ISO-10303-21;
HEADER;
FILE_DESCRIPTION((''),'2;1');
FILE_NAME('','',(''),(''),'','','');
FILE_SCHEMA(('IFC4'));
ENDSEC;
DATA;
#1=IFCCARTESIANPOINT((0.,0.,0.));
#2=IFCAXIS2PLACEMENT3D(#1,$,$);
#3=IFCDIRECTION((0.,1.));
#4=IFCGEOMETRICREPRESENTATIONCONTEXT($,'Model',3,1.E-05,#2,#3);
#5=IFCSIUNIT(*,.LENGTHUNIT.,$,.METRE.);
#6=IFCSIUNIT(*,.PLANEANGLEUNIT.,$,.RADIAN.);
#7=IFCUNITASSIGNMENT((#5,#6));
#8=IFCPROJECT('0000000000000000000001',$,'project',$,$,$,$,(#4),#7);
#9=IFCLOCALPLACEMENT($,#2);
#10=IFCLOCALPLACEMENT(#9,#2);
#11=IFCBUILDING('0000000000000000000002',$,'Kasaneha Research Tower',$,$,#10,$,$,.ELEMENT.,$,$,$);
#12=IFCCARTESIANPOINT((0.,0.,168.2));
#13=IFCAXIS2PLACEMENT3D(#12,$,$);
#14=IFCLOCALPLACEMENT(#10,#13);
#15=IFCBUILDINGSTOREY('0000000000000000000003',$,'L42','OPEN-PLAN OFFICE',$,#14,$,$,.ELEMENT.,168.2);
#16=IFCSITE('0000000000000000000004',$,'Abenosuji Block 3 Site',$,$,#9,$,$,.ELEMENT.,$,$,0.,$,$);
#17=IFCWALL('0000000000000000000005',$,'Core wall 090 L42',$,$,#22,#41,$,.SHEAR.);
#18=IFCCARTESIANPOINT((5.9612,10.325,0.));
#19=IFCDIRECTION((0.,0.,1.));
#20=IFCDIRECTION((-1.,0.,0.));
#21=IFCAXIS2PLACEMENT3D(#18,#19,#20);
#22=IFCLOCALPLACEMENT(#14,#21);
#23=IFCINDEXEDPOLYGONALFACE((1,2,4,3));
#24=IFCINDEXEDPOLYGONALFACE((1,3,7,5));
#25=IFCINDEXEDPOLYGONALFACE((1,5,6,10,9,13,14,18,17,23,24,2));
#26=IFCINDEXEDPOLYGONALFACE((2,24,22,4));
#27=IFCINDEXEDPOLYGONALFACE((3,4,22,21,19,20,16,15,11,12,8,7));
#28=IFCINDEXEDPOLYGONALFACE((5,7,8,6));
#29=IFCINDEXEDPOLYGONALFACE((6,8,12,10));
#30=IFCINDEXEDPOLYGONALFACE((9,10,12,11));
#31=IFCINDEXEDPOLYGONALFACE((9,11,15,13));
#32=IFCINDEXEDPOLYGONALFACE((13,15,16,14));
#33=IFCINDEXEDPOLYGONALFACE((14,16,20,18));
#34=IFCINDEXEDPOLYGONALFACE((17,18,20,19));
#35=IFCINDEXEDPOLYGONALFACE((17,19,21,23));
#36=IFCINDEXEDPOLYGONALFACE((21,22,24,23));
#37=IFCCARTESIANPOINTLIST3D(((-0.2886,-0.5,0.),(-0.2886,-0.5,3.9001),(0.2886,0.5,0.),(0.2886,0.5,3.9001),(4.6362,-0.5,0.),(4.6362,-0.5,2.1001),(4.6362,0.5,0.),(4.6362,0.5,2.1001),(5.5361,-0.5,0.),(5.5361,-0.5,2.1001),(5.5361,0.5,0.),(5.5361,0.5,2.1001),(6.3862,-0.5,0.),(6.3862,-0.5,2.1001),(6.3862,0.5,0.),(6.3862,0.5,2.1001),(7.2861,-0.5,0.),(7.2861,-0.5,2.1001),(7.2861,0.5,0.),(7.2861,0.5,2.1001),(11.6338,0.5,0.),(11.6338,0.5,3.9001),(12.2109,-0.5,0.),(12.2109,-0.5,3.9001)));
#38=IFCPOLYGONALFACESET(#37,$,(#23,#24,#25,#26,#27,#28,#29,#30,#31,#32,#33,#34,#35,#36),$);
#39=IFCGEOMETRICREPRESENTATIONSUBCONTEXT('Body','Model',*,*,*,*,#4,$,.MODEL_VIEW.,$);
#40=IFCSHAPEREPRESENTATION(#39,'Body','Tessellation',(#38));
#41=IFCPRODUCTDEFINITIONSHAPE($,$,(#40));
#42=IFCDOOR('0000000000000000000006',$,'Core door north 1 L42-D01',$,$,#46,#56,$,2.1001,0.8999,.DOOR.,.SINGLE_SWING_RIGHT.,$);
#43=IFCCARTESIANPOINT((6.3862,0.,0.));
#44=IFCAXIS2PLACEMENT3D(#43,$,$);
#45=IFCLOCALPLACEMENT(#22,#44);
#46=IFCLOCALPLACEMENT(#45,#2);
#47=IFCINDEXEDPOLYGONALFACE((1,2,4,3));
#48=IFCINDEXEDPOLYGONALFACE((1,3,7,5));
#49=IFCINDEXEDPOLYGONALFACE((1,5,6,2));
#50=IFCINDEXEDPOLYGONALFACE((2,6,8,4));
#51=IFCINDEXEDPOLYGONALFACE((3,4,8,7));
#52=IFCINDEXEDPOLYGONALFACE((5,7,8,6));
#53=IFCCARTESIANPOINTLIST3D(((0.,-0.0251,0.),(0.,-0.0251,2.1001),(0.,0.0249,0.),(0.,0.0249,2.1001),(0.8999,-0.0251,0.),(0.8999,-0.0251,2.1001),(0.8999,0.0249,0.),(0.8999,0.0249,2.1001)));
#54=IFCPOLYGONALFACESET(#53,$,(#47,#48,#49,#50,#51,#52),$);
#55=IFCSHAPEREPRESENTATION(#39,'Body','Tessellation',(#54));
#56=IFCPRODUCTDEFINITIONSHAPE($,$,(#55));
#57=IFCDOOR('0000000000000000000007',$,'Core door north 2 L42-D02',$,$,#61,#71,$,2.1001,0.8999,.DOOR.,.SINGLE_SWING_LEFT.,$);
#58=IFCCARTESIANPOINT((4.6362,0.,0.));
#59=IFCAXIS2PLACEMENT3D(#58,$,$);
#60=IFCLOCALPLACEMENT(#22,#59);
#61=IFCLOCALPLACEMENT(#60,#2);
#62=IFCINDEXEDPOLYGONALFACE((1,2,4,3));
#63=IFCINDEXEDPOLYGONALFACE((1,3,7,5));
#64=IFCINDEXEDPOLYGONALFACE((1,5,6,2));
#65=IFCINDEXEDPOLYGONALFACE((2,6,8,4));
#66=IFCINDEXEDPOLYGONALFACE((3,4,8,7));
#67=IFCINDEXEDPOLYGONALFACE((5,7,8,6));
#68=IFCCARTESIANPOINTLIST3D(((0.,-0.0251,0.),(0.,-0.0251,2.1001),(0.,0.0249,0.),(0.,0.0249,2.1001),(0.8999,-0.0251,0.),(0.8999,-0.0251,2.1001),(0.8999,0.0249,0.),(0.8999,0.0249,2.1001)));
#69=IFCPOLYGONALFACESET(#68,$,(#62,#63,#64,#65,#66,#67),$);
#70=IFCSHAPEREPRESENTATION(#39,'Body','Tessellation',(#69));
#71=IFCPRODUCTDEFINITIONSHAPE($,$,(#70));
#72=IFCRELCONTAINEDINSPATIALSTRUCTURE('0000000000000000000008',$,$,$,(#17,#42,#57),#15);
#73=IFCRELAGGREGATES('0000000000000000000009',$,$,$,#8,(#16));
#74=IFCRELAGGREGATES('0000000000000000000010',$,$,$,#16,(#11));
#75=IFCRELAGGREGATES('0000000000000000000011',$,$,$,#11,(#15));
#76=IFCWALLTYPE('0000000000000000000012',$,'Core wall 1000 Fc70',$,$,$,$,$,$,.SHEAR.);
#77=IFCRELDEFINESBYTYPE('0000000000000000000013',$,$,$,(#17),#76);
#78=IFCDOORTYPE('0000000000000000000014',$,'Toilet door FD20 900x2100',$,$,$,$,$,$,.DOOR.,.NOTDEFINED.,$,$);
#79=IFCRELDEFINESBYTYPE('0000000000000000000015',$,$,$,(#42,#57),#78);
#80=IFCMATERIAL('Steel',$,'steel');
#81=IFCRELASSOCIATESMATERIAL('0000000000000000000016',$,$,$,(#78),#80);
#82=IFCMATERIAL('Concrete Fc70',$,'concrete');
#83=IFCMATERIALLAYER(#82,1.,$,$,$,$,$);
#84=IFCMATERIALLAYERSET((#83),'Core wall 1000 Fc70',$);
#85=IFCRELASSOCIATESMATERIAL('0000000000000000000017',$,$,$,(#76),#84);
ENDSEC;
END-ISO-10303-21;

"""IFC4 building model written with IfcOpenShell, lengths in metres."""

from ifc_helpers import new_model, si_unit, direction, frame, frame_2d, origin, place, context, subcontext, project, spatial, polyline, rectangle, outline, extrude, material, layer, layer_set, type_object, element, fill, save


model = new_model("IFC4")

# Units and contexts
model_context = context("Model", 3, precision=1e-05, world=origin(), true_north=direction((0.0, 1.0)))
body_context = subcontext(model_context, "Body", "Model", "MODEL_VIEW")
ifc_project = project(units=[si_unit("LENGTHUNIT", "METRE"), si_unit("PLANEANGLEUNIT", "RADIAN")], contexts=[model_context])

# Site, building, storey
site_placement = place(None, origin())
site = spatial("IfcSite", under=ifc_project, at=site_placement, Name="Abenosuji Block 3 Site", CompositionType="ELEMENT", RefElevation=0.0)
building_placement = place(site_placement, origin())
building = spatial("IfcBuilding", under=site, at=building_placement, Name="Kasaneha Research Tower", CompositionType="ELEMENT")
storey_placement = place(building_placement, frame((0.0, 0.0, 168.2)))
storey = spatial("IfcBuildingStorey", under=building, at=storey_placement, Name="L42", Description="OPEN-PLAN OFFICE", CompositionType="ELEMENT", Elevation=168.2)

# Shared definitions
ifc_material_1 = material(Name="Steel", Category="steel")
door_type_1 = type_object("IfcDoorType", Name="Toilet door FD20 900x2100", OperationType="NOTDEFINED", PredefinedType="DOOR", material=ifc_material_1)

# Wall, openings, doors
ifc_material_2 = material(Name="Concrete Fc70", Category="concrete")
ifc_layer_1 = layer(ifc_material_2, 1.0)
ifc_layer_set_1 = layer_set([ifc_layer_1], Name="Core wall 1000 Fc70")
wall_type_1 = type_object("IfcWallType", Name="Core wall 1000 Fc70", PredefinedType="SHEAR", material=ifc_layer_set_1)
wall_1_placement = place(storey_placement, frame((5.9612, 10.325, 0.0), z_axis=(0.0, 0.0, 1.0), x_axis=(-1.0, 0.0, 0.0)))
wall_1 = element("IfcWall", 1, at=wall_1_placement, inside=storey, type_object=wall_type_1, Name="Core wall 090 L42", PredefinedType="SHEAR", context=body_context, shape_type="SweptSolid", body=[
    extrude(outline(polyline([(-0.2886, -0.5), (4.6362, -0.5), (5.5361, -0.5), (6.3862, -0.5), (7.2861, -0.5), (12.2109, -0.5), (11.6338, 0.5), (7.2861, 0.5), (6.3862, 0.5), (5.5361, 0.5), (4.6362, 0.5), (0.2886, 0.5), (-0.2886, -0.5)])), origin(), (0.0, 0.0, 1.0), 3.9001),
])
opening_1_placement = place(wall_1_placement, frame((6.3862, 0.0, 0.0)))
opening_1 = element("IfcOpeningElement", 2, at=opening_1_placement, cuts=wall_1, PredefinedType="OPENING", context=body_context, shape_type="SweptSolid", body=[
    extrude(rectangle(XDim=0.8999, YDim=2.1001, at=frame_2d((0.45, 1.05))), frame((0.0, 0.51, 0.0), z_axis=(0.0, -1.0, 0.0), x_axis=(1.0, 0.0, 0.0)), (0.0, 0.0, 1.0), 1.02),
])
opening_2_placement = place(wall_1_placement, frame((4.6362, 0.0, 0.0)))
opening_2 = element("IfcOpeningElement", 3, at=opening_2_placement, cuts=wall_1, PredefinedType="OPENING", context=body_context, shape_type="SweptSolid", body=[
    extrude(rectangle(XDim=0.8999, YDim=2.1001, at=frame_2d((0.45, 1.05))), frame((0.0, 0.51, 0.0), z_axis=(0.0, -1.0, 0.0), x_axis=(1.0, 0.0, 0.0)), (0.0, 0.0, 1.0), 1.02),
])
door_1_placement = place(opening_1_placement, origin())
door_1 = element("IfcDoor", 4, at=door_1_placement, inside=storey, type_object=door_type_1, Name="Core door north 1 L42-D01", OperationType="SINGLE_SWING_RIGHT", OverallHeight=2.1001, OverallWidth=0.8999, PredefinedType="DOOR", context=body_context, shape_type="SweptSolid", body=[
    extrude(rectangle(XDim=0.8999, YDim=2.1001, at=frame_2d((0.45, 1.05))), frame((0.0, 0.0249, 0.0), z_axis=(0.0, -1.0, 0.0), x_axis=(1.0, 0.0, 0.0)), (0.0, 0.0, 1.0), 0.05),
])
fill(opening_1, door_1)
door_2_placement = place(opening_2_placement, origin())
door_2 = element("IfcDoor", 5, at=door_2_placement, inside=storey, type_object=door_type_1, Name="Core door north 2 L42-D02", OperationType="SINGLE_SWING_LEFT", OverallHeight=2.1001, OverallWidth=0.8999, PredefinedType="DOOR", context=body_context, shape_type="SweptSolid", body=[
    extrude(rectangle(XDim=0.8999, YDim=2.1001, at=frame_2d((0.45, 1.05))), frame((0.0, 0.0249, 0.0), z_axis=(0.0, -1.0, 0.0), x_axis=(1.0, 0.0, 0.0)), (0.0, 0.0, 1.0), 0.05),
])
fill(opening_2, door_2)

save(model, "model.ifc")
